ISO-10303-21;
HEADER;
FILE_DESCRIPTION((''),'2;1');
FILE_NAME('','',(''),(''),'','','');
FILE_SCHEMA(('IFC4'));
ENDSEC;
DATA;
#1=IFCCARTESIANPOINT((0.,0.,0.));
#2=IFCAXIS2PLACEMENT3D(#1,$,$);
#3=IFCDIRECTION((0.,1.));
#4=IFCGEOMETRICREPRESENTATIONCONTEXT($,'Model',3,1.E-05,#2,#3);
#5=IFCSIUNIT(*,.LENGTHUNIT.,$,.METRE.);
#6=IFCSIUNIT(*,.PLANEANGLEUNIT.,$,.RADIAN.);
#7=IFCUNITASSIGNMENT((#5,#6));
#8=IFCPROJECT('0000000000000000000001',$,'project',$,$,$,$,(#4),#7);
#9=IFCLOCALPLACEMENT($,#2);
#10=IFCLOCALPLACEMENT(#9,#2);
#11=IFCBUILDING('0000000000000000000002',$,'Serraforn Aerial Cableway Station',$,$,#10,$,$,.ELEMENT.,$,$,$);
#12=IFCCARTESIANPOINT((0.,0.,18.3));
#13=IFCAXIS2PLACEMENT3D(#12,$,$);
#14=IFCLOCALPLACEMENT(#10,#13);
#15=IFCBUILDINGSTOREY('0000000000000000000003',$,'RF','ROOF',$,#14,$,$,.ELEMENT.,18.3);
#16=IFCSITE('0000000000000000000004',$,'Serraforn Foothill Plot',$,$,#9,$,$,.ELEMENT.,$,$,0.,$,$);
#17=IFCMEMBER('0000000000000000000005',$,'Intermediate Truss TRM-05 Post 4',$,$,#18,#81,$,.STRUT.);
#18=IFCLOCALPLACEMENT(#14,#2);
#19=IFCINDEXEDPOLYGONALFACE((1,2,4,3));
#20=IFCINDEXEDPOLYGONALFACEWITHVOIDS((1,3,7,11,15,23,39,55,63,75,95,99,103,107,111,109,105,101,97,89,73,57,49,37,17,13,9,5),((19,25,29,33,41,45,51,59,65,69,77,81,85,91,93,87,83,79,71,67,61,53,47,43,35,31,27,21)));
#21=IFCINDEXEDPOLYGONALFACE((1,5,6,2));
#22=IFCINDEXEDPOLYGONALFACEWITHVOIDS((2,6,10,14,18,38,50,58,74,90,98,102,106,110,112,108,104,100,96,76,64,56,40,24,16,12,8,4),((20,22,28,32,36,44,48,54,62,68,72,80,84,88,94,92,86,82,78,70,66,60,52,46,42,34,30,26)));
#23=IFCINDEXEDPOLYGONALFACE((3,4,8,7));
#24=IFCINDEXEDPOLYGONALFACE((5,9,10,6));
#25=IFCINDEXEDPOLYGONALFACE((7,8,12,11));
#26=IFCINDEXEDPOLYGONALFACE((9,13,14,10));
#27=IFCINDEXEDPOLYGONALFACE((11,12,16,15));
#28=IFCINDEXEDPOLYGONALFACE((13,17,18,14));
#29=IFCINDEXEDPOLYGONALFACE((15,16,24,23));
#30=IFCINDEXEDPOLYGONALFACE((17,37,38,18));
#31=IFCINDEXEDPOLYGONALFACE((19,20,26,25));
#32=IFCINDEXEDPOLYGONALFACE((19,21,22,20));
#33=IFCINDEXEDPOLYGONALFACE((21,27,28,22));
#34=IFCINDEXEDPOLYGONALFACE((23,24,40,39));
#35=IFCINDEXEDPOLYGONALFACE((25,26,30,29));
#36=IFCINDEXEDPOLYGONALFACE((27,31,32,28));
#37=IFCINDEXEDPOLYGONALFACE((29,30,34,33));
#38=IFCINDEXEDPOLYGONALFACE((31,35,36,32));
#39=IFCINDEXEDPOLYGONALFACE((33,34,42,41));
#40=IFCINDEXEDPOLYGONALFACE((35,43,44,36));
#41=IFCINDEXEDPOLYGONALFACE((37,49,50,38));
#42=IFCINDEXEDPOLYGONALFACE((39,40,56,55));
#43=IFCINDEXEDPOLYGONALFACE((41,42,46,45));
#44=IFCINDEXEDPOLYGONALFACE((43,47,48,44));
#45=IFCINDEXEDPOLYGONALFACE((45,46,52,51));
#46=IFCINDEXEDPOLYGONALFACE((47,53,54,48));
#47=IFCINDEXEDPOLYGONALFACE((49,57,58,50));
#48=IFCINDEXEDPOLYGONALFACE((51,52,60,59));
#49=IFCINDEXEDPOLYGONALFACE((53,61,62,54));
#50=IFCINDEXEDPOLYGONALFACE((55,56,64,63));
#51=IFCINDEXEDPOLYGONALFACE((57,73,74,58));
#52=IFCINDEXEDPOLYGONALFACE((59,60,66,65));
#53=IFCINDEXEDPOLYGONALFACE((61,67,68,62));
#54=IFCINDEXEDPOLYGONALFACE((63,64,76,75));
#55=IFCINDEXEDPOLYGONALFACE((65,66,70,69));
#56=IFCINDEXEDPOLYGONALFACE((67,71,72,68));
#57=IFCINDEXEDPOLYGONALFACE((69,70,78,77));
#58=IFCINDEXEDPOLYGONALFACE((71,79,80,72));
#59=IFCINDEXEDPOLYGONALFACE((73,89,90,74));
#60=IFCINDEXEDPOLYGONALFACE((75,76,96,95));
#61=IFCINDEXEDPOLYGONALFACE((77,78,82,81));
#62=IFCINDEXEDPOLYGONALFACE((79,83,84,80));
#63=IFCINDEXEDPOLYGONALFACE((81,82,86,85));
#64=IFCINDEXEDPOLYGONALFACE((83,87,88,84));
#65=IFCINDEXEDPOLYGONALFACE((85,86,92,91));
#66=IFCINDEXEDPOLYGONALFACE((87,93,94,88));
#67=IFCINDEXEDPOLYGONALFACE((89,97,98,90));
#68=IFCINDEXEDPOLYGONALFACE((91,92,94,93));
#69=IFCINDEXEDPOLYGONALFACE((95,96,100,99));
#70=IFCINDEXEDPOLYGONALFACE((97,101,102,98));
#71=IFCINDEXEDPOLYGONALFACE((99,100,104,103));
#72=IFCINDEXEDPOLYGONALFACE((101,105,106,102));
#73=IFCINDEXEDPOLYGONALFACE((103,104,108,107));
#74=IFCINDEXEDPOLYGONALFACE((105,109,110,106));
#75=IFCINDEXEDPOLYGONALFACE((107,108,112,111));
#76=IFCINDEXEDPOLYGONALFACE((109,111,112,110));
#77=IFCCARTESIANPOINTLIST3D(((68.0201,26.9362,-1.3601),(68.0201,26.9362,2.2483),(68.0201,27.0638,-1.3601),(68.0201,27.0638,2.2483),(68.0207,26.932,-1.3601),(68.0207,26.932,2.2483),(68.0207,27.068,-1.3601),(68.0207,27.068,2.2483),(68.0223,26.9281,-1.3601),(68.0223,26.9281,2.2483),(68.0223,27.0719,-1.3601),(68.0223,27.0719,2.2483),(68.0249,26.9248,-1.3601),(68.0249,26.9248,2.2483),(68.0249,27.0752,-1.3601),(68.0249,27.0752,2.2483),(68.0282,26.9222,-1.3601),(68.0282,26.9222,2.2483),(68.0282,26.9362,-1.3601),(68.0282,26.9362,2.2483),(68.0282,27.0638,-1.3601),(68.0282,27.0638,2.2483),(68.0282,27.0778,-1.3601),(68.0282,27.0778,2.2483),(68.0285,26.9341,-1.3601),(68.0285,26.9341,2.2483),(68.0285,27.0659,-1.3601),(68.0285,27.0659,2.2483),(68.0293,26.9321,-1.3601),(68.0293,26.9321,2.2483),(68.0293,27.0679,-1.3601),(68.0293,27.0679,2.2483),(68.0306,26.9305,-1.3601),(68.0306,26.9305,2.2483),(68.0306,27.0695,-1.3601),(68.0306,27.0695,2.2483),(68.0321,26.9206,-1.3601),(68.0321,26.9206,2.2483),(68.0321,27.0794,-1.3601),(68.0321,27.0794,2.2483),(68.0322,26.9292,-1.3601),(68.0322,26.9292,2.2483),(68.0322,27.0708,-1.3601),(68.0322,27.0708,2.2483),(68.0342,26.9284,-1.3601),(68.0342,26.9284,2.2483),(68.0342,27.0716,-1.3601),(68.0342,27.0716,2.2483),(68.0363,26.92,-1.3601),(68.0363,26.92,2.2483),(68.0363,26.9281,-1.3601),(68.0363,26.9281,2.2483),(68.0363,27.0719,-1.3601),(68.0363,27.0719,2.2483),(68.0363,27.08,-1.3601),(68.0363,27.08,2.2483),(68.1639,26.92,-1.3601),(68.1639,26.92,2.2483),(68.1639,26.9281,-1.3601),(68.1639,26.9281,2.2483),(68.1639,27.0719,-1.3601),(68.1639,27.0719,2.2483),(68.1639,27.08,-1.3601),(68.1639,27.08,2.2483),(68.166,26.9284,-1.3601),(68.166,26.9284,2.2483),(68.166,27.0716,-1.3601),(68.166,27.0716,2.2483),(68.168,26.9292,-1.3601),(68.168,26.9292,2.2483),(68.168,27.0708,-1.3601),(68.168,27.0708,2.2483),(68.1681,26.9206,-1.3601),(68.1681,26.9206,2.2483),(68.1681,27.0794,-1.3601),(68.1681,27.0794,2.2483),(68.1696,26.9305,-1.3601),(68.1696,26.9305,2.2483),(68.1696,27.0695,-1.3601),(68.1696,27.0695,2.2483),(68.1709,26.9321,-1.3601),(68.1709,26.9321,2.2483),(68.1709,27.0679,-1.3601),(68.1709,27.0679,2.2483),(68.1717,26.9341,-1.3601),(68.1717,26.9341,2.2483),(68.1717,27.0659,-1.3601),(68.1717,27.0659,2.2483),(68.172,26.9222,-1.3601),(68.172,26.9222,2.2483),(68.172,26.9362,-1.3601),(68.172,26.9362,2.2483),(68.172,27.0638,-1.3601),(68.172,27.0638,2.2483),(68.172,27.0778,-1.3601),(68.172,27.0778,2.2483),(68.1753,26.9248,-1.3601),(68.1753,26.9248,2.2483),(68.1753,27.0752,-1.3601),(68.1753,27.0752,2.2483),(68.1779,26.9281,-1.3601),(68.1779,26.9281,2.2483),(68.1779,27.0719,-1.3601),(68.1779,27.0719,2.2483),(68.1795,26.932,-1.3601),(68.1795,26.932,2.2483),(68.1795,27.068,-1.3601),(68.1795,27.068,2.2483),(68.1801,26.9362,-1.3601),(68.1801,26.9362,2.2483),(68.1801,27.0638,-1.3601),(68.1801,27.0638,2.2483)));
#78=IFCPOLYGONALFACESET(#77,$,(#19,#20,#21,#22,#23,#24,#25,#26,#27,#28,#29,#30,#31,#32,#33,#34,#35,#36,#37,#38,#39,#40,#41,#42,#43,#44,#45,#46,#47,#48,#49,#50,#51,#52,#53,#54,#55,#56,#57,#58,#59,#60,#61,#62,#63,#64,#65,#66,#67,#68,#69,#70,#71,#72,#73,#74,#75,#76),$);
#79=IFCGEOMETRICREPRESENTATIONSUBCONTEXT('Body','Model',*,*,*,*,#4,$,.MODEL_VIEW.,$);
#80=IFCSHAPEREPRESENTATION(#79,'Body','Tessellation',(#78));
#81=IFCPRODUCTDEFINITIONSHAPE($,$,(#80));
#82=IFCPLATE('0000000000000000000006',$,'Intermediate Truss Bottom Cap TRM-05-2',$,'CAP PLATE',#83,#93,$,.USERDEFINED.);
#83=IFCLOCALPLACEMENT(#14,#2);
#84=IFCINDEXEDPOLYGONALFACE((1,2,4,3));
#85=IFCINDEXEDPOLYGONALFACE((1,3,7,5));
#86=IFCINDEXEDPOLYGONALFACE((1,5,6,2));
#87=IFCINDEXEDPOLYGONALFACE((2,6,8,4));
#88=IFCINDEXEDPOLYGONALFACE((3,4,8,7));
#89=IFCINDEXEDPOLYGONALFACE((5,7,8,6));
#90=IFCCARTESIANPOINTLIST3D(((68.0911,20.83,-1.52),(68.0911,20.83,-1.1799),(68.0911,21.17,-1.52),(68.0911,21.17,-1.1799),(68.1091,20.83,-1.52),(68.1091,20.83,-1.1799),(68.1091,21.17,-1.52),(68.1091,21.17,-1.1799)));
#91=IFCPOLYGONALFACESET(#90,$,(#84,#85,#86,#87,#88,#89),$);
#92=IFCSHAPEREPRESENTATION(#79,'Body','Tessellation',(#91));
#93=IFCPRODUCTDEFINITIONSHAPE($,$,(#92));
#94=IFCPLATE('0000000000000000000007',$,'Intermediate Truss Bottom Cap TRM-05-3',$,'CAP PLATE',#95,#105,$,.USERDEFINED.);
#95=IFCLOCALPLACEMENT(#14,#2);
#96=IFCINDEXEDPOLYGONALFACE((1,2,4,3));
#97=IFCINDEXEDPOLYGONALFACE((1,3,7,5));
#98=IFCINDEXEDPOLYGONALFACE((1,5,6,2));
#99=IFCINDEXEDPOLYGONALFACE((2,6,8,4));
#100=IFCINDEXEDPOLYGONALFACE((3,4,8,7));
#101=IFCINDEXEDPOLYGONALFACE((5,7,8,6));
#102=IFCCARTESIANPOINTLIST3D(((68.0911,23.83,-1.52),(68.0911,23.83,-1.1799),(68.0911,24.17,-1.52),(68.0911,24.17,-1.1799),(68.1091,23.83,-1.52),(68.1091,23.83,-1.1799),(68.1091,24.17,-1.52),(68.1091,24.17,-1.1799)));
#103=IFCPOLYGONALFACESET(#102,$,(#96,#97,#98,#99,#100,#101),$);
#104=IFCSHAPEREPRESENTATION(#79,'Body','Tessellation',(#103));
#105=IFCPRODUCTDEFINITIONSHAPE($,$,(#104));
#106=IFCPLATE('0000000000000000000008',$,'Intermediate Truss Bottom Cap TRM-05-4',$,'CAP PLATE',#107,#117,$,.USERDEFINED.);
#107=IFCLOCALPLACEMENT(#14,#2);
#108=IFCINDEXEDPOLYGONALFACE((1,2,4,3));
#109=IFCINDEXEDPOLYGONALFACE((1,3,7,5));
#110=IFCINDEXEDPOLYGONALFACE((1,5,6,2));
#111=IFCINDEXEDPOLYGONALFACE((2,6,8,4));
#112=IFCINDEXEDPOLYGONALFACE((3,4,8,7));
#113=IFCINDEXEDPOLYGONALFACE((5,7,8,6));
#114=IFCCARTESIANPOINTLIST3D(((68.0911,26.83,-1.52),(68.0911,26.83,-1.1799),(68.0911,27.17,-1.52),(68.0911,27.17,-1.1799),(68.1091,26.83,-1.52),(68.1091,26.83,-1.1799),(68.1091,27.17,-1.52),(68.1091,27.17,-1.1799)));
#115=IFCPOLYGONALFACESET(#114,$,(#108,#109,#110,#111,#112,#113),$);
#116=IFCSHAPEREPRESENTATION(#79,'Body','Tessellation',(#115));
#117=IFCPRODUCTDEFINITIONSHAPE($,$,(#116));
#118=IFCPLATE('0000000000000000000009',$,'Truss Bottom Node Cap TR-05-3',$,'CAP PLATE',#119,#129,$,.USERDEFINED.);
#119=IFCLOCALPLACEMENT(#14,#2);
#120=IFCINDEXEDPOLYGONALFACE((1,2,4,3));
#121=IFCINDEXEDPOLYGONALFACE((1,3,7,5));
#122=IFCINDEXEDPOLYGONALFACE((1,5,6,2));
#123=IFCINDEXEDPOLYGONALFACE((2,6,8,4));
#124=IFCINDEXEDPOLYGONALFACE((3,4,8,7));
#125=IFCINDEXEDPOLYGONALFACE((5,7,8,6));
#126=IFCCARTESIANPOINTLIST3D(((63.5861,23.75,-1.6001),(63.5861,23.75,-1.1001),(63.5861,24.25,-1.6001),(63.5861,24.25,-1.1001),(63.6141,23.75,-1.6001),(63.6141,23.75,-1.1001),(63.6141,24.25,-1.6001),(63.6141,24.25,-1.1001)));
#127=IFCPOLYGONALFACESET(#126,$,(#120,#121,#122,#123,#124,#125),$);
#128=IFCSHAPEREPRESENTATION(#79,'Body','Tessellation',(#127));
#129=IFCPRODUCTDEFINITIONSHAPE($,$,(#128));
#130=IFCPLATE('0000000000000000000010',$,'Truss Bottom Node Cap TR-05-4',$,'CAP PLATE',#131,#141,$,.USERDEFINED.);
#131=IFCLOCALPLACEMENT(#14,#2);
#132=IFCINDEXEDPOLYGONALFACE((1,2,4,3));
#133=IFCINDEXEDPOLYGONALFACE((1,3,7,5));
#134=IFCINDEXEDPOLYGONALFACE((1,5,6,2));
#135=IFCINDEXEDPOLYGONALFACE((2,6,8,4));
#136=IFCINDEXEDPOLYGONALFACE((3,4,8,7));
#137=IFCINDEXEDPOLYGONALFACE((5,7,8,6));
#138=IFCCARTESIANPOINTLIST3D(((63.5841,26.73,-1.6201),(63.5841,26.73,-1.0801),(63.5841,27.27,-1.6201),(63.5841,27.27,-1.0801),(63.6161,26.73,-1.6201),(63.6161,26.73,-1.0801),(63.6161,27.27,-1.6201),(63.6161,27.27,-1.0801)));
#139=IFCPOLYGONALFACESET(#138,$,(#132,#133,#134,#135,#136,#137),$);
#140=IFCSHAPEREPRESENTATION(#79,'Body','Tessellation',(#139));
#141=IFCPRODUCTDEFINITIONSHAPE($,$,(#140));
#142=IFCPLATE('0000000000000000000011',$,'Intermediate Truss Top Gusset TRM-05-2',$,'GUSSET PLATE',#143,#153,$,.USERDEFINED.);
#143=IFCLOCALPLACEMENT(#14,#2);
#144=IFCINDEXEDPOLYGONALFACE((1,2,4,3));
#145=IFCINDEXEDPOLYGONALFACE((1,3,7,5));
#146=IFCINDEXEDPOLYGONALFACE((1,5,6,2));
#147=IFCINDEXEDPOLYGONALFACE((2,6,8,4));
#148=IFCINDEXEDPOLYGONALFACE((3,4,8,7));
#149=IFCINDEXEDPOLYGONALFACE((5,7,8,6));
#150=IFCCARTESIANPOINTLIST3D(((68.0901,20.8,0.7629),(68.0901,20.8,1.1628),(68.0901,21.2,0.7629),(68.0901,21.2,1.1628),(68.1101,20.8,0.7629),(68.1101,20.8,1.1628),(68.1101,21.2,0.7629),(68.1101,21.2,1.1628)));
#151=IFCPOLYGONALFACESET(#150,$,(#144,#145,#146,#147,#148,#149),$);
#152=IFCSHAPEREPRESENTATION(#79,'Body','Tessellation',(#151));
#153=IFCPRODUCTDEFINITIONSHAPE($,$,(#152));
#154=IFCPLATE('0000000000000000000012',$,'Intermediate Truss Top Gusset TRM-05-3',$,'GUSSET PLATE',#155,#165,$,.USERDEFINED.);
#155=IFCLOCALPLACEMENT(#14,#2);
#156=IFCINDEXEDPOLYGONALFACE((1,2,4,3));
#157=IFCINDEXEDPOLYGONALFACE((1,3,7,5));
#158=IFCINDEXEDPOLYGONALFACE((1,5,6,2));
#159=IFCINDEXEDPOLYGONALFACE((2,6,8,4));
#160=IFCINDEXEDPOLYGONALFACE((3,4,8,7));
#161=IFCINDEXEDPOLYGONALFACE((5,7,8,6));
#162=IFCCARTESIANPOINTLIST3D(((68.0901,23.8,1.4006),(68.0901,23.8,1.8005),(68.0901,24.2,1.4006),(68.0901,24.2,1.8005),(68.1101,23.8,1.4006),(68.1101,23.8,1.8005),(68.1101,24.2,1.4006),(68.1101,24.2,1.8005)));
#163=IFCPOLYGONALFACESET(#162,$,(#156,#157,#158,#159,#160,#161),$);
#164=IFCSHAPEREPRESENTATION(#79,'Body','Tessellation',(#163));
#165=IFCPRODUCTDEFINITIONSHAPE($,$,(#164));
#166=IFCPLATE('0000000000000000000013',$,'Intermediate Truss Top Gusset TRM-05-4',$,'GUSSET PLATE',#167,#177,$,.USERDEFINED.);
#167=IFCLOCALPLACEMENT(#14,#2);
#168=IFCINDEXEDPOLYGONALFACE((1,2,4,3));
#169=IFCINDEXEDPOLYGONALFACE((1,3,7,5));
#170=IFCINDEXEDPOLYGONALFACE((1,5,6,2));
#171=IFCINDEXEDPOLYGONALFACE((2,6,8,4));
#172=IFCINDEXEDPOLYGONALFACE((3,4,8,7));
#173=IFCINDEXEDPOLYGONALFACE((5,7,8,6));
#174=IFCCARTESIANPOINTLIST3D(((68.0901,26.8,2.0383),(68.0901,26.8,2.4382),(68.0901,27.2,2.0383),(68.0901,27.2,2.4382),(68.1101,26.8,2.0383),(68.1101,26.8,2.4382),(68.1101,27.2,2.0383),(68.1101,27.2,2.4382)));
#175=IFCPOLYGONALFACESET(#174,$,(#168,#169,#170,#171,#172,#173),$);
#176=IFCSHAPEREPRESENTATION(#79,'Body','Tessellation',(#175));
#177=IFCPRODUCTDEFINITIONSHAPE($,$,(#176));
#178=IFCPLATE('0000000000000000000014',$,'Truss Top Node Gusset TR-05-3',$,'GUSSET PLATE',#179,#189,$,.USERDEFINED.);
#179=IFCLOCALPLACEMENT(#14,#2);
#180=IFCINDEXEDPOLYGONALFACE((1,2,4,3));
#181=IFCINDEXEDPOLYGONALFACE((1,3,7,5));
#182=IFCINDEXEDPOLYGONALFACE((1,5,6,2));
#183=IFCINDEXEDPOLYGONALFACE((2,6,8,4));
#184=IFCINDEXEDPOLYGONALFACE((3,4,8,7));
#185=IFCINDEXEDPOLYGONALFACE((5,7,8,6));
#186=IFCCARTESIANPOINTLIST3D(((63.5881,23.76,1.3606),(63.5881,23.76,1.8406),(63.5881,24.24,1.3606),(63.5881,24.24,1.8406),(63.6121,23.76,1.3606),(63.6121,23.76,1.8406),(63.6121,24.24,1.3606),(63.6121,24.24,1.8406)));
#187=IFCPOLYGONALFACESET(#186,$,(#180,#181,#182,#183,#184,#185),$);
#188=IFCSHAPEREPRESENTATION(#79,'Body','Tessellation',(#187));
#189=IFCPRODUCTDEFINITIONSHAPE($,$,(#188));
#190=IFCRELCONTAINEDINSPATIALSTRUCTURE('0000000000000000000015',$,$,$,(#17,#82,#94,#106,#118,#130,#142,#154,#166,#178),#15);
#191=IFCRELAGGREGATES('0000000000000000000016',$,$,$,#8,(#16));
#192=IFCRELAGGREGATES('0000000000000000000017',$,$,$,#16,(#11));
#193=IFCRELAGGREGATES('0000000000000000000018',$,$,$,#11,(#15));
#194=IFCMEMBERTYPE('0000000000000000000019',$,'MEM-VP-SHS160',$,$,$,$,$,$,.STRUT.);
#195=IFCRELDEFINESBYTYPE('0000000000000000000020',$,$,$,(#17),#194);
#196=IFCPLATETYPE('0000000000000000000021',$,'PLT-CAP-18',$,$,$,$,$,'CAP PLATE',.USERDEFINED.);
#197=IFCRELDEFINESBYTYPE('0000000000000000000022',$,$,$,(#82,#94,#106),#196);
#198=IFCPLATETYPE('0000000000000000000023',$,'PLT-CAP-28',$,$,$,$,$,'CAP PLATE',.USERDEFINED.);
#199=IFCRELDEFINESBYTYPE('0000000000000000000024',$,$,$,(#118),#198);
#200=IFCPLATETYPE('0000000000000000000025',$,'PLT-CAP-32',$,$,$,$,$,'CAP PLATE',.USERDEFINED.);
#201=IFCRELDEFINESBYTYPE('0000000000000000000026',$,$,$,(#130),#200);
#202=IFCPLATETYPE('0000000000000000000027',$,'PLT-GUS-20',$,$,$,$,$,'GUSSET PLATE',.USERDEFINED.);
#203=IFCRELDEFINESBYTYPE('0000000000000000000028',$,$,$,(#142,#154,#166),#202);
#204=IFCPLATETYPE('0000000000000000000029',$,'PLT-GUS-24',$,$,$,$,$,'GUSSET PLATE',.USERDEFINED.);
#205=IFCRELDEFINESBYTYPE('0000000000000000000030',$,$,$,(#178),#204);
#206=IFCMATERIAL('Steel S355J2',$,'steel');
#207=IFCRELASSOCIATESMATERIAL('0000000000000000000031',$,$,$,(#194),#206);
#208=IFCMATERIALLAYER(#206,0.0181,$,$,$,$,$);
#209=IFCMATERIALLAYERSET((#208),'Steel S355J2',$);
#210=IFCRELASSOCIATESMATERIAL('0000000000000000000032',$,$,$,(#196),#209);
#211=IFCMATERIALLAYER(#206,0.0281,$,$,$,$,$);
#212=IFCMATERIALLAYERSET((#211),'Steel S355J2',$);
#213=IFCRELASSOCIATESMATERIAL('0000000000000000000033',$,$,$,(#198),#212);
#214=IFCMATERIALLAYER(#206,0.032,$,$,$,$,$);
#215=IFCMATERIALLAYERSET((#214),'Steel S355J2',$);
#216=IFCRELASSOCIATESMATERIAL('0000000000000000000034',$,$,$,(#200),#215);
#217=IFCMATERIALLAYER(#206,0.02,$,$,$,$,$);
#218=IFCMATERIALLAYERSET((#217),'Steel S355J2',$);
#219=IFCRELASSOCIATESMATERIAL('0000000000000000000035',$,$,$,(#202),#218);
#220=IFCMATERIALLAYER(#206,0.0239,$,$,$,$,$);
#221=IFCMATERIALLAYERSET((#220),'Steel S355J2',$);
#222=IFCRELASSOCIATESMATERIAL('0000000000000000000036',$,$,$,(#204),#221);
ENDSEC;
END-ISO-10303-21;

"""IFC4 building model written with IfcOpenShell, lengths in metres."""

from ifc_helpers import new_model, si_unit, direction, frame, origin, origin_2d, place, context, subcontext, project, spatial, rectangle, hollow_rectangle, extrude, material, layer, layer_set, material_profile, profile_set, type_object, element, save


model = new_model("IFC4")

# Units and contexts
model_context = context("Model", 3, precision=1e-05, world=origin(), true_north=direction((0.0, 1.0)))
body_context = subcontext(model_context, "Body", "Model", "MODEL_VIEW")
ifc_project = project(units=[si_unit("LENGTHUNIT", "METRE"), si_unit("PLANEANGLEUNIT", "RADIAN")], contexts=[model_context])

# Site, building, storey
site_placement = place(None, origin())
site = spatial("IfcSite", under=ifc_project, at=site_placement, Name="Serraforn Foothill Plot", CompositionType="ELEMENT", RefElevation=0.0)
building_placement = place(site_placement, origin())
building = spatial("IfcBuilding", under=site, at=building_placement, Name="Serraforn Aerial Cableway Station", CompositionType="ELEMENT")
storey_placement = place(building_placement, frame((0.0, 0.0, 18.3)))
storey = spatial("IfcBuildingStorey", under=building, at=storey_placement, Name="RF", Description="ROOF", CompositionType="ELEMENT", Elevation=18.3)

# Member
ifc_material_1 = material(Name="Steel S355J2", Category="steel")
ifc_material_profile_1 = material_profile(ifc_material_1, hollow_rectangle(XDim=0.1599, YDim=0.1599, WallThickness=0.0081, InnerFilletRadius=0.0081, OuterFilletRadius=0.0161, at=origin_2d()), Name="SHS 160x160x8.0")
ifc_profile_set_1 = profile_set([ifc_material_profile_1], Name="Steel S355J2")
member_type_1 = type_object("IfcMemberType", Name="MEM-VP-SHS160", PredefinedType="STRUT", material=ifc_profile_set_1)
member_1_placement = place(storey_placement, frame((68.1001, 27.0, -1.3601), z_axis=(0.0, 0.0, 1.0), x_axis=(1.0, 0.0, 0.0)))
element("IfcMember", 1, at=member_1_placement, inside=storey, type_object=member_type_1, Name="Intermediate Truss TRM-05 Post 4", PredefinedType="STRUT", context=body_context, shape_type="SweptSolid", body=[
    extrude(hollow_rectangle(XDim=0.1599, YDim=0.1599, WallThickness=0.0081, InnerFilletRadius=0.0081, OuterFilletRadius=0.0161, at=origin_2d()), origin(), (0.0, 0.0, 1.0), 3.6084),
])

# Plates
ifc_layer_1 = layer(ifc_material_1, 0.0181)
ifc_layer_set_1 = layer_set([ifc_layer_1], Name="Steel S355J2")
plate_type_1 = type_object("IfcPlateType", Name="PLT-CAP-18", ElementType="CAP PLATE", PredefinedType="USERDEFINED", material=ifc_layer_set_1)
for number, where, z_axis, x_axis, name in (
    (2, (68.1001, 21.0, -1.52), (0.0, 0.0, 1.0), (1.0, 0.0, 0.0), "Intermediate Truss Bottom Cap TRM-05-2"),
    (3, (68.1001, 24.0, -1.52), (0.0, 0.0, 1.0), (1.0, 0.0, 0.0), "Intermediate Truss Bottom Cap TRM-05-3"),
    (4, (68.1001, 27.0, -1.52), (0.0, 0.0, 1.0), (1.0, 0.0, 0.0), "Intermediate Truss Bottom Cap TRM-05-4"),
):
    element("IfcPlate", number, at=place(storey_placement, frame(where, z_axis=z_axis, x_axis=x_axis)), inside=storey, type_object=plate_type_1, Name=name, ObjectType="CAP PLATE", PredefinedType="USERDEFINED", context=body_context, shape_type="SweptSolid", body=[
        extrude(rectangle(XDim=0.0181, YDim=0.3401, at=origin_2d()), origin(), (0.0, 0.0, 1.0), 0.3401),
    ])
ifc_layer_2 = layer(ifc_material_1, 0.0281)
ifc_layer_set_2 = layer_set([ifc_layer_2], Name="Steel S355J2")
plate_type_2 = type_object("IfcPlateType", Name="PLT-CAP-28", ElementType="CAP PLATE", PredefinedType="USERDEFINED", material=ifc_layer_set_2)
plate_1_placement = place(storey_placement, frame((63.6001, 24.0, -1.6001), z_axis=(0.0, 0.0, 1.0), x_axis=(1.0, 0.0, 0.0)))
element("IfcPlate", 5, at=plate_1_placement, inside=storey, type_object=plate_type_2, Name="Truss Bottom Node Cap TR-05-3", ObjectType="CAP PLATE", PredefinedType="USERDEFINED", context=body_context, shape_type="SweptSolid", body=[
    extrude(rectangle(XDim=0.0281, YDim=0.5, at=origin_2d()), origin(), (0.0, 0.0, 1.0), 0.5),
])
ifc_layer_3 = layer(ifc_material_1, 0.032)
ifc_layer_set_3 = layer_set([ifc_layer_3], Name="Steel S355J2")
plate_type_3 = type_object("IfcPlateType", Name="PLT-CAP-32", ElementType="CAP PLATE", PredefinedType="USERDEFINED", material=ifc_layer_set_3)
plate_2_placement = place(storey_placement, frame((63.6001, 27.0, -1.6201), z_axis=(0.0, 0.0, 1.0), x_axis=(1.0, 0.0, 0.0)))
element("IfcPlate", 6, at=plate_2_placement, inside=storey, type_object=plate_type_3, Name="Truss Bottom Node Cap TR-05-4", ObjectType="CAP PLATE", PredefinedType="USERDEFINED", context=body_context, shape_type="SweptSolid", body=[
    extrude(rectangle(XDim=0.032, YDim=0.54, at=origin_2d()), origin(), (0.0, 0.0, 1.0), 0.54),
])
ifc_layer_4 = layer(ifc_material_1, 0.02)
ifc_layer_set_4 = layer_set([ifc_layer_4], Name="Steel S355J2")
plate_type_4 = type_object("IfcPlateType", Name="PLT-GUS-20", ElementType="GUSSET PLATE", PredefinedType="USERDEFINED", material=ifc_layer_set_4)
for number, where, z_axis, x_axis, name in (
    (7, (68.1001, 21.0, 0.7629), (0.0, 0.0, 1.0), (1.0, 0.0, 0.0), "Intermediate Truss Top Gusset TRM-05-2"),
    (8, (68.1001, 24.0, 1.4006), (0.0, 0.0, 1.0), (1.0, 0.0, 0.0), "Intermediate Truss Top Gusset TRM-05-3"),
    (9, (68.1001, 27.0, 2.0383), (0.0, 0.0, 1.0), (1.0, 0.0, 0.0), "Intermediate Truss Top Gusset TRM-05-4"),
):
    element("IfcPlate", number, at=place(storey_placement, frame(where, z_axis=z_axis, x_axis=x_axis)), inside=storey, type_object=plate_type_4, Name=name, ObjectType="GUSSET PLATE", PredefinedType="USERDEFINED", context=body_context, shape_type="SweptSolid", body=[
        extrude(rectangle(XDim=0.02, YDim=0.3999, at=origin_2d()), origin(), (0.0, 0.0, 1.0), 0.3999),
    ])
ifc_layer_5 = layer(ifc_material_1, 0.0239)
ifc_layer_set_5 = layer_set([ifc_layer_5], Name="Steel S355J2")
plate_type_5 = type_object("IfcPlateType", Name="PLT-GUS-24", ElementType="GUSSET PLATE", PredefinedType="USERDEFINED", material=ifc_layer_set_5)
plate_3_placement = place(storey_placement, frame((63.6001, 24.0, 1.3606), z_axis=(0.0, 0.0, 1.0), x_axis=(1.0, 0.0, 0.0)))
element("IfcPlate", 10, at=plate_3_placement, inside=storey, type_object=plate_type_5, Name="Truss Top Node Gusset TR-05-3", ObjectType="GUSSET PLATE", PredefinedType="USERDEFINED", context=body_context, shape_type="SweptSolid", body=[
    extrude(rectangle(XDim=0.0239, YDim=0.48, at=origin_2d()), origin(), (0.0, 0.0, 1.0), 0.48),
])

save(model, "model.ifc")
